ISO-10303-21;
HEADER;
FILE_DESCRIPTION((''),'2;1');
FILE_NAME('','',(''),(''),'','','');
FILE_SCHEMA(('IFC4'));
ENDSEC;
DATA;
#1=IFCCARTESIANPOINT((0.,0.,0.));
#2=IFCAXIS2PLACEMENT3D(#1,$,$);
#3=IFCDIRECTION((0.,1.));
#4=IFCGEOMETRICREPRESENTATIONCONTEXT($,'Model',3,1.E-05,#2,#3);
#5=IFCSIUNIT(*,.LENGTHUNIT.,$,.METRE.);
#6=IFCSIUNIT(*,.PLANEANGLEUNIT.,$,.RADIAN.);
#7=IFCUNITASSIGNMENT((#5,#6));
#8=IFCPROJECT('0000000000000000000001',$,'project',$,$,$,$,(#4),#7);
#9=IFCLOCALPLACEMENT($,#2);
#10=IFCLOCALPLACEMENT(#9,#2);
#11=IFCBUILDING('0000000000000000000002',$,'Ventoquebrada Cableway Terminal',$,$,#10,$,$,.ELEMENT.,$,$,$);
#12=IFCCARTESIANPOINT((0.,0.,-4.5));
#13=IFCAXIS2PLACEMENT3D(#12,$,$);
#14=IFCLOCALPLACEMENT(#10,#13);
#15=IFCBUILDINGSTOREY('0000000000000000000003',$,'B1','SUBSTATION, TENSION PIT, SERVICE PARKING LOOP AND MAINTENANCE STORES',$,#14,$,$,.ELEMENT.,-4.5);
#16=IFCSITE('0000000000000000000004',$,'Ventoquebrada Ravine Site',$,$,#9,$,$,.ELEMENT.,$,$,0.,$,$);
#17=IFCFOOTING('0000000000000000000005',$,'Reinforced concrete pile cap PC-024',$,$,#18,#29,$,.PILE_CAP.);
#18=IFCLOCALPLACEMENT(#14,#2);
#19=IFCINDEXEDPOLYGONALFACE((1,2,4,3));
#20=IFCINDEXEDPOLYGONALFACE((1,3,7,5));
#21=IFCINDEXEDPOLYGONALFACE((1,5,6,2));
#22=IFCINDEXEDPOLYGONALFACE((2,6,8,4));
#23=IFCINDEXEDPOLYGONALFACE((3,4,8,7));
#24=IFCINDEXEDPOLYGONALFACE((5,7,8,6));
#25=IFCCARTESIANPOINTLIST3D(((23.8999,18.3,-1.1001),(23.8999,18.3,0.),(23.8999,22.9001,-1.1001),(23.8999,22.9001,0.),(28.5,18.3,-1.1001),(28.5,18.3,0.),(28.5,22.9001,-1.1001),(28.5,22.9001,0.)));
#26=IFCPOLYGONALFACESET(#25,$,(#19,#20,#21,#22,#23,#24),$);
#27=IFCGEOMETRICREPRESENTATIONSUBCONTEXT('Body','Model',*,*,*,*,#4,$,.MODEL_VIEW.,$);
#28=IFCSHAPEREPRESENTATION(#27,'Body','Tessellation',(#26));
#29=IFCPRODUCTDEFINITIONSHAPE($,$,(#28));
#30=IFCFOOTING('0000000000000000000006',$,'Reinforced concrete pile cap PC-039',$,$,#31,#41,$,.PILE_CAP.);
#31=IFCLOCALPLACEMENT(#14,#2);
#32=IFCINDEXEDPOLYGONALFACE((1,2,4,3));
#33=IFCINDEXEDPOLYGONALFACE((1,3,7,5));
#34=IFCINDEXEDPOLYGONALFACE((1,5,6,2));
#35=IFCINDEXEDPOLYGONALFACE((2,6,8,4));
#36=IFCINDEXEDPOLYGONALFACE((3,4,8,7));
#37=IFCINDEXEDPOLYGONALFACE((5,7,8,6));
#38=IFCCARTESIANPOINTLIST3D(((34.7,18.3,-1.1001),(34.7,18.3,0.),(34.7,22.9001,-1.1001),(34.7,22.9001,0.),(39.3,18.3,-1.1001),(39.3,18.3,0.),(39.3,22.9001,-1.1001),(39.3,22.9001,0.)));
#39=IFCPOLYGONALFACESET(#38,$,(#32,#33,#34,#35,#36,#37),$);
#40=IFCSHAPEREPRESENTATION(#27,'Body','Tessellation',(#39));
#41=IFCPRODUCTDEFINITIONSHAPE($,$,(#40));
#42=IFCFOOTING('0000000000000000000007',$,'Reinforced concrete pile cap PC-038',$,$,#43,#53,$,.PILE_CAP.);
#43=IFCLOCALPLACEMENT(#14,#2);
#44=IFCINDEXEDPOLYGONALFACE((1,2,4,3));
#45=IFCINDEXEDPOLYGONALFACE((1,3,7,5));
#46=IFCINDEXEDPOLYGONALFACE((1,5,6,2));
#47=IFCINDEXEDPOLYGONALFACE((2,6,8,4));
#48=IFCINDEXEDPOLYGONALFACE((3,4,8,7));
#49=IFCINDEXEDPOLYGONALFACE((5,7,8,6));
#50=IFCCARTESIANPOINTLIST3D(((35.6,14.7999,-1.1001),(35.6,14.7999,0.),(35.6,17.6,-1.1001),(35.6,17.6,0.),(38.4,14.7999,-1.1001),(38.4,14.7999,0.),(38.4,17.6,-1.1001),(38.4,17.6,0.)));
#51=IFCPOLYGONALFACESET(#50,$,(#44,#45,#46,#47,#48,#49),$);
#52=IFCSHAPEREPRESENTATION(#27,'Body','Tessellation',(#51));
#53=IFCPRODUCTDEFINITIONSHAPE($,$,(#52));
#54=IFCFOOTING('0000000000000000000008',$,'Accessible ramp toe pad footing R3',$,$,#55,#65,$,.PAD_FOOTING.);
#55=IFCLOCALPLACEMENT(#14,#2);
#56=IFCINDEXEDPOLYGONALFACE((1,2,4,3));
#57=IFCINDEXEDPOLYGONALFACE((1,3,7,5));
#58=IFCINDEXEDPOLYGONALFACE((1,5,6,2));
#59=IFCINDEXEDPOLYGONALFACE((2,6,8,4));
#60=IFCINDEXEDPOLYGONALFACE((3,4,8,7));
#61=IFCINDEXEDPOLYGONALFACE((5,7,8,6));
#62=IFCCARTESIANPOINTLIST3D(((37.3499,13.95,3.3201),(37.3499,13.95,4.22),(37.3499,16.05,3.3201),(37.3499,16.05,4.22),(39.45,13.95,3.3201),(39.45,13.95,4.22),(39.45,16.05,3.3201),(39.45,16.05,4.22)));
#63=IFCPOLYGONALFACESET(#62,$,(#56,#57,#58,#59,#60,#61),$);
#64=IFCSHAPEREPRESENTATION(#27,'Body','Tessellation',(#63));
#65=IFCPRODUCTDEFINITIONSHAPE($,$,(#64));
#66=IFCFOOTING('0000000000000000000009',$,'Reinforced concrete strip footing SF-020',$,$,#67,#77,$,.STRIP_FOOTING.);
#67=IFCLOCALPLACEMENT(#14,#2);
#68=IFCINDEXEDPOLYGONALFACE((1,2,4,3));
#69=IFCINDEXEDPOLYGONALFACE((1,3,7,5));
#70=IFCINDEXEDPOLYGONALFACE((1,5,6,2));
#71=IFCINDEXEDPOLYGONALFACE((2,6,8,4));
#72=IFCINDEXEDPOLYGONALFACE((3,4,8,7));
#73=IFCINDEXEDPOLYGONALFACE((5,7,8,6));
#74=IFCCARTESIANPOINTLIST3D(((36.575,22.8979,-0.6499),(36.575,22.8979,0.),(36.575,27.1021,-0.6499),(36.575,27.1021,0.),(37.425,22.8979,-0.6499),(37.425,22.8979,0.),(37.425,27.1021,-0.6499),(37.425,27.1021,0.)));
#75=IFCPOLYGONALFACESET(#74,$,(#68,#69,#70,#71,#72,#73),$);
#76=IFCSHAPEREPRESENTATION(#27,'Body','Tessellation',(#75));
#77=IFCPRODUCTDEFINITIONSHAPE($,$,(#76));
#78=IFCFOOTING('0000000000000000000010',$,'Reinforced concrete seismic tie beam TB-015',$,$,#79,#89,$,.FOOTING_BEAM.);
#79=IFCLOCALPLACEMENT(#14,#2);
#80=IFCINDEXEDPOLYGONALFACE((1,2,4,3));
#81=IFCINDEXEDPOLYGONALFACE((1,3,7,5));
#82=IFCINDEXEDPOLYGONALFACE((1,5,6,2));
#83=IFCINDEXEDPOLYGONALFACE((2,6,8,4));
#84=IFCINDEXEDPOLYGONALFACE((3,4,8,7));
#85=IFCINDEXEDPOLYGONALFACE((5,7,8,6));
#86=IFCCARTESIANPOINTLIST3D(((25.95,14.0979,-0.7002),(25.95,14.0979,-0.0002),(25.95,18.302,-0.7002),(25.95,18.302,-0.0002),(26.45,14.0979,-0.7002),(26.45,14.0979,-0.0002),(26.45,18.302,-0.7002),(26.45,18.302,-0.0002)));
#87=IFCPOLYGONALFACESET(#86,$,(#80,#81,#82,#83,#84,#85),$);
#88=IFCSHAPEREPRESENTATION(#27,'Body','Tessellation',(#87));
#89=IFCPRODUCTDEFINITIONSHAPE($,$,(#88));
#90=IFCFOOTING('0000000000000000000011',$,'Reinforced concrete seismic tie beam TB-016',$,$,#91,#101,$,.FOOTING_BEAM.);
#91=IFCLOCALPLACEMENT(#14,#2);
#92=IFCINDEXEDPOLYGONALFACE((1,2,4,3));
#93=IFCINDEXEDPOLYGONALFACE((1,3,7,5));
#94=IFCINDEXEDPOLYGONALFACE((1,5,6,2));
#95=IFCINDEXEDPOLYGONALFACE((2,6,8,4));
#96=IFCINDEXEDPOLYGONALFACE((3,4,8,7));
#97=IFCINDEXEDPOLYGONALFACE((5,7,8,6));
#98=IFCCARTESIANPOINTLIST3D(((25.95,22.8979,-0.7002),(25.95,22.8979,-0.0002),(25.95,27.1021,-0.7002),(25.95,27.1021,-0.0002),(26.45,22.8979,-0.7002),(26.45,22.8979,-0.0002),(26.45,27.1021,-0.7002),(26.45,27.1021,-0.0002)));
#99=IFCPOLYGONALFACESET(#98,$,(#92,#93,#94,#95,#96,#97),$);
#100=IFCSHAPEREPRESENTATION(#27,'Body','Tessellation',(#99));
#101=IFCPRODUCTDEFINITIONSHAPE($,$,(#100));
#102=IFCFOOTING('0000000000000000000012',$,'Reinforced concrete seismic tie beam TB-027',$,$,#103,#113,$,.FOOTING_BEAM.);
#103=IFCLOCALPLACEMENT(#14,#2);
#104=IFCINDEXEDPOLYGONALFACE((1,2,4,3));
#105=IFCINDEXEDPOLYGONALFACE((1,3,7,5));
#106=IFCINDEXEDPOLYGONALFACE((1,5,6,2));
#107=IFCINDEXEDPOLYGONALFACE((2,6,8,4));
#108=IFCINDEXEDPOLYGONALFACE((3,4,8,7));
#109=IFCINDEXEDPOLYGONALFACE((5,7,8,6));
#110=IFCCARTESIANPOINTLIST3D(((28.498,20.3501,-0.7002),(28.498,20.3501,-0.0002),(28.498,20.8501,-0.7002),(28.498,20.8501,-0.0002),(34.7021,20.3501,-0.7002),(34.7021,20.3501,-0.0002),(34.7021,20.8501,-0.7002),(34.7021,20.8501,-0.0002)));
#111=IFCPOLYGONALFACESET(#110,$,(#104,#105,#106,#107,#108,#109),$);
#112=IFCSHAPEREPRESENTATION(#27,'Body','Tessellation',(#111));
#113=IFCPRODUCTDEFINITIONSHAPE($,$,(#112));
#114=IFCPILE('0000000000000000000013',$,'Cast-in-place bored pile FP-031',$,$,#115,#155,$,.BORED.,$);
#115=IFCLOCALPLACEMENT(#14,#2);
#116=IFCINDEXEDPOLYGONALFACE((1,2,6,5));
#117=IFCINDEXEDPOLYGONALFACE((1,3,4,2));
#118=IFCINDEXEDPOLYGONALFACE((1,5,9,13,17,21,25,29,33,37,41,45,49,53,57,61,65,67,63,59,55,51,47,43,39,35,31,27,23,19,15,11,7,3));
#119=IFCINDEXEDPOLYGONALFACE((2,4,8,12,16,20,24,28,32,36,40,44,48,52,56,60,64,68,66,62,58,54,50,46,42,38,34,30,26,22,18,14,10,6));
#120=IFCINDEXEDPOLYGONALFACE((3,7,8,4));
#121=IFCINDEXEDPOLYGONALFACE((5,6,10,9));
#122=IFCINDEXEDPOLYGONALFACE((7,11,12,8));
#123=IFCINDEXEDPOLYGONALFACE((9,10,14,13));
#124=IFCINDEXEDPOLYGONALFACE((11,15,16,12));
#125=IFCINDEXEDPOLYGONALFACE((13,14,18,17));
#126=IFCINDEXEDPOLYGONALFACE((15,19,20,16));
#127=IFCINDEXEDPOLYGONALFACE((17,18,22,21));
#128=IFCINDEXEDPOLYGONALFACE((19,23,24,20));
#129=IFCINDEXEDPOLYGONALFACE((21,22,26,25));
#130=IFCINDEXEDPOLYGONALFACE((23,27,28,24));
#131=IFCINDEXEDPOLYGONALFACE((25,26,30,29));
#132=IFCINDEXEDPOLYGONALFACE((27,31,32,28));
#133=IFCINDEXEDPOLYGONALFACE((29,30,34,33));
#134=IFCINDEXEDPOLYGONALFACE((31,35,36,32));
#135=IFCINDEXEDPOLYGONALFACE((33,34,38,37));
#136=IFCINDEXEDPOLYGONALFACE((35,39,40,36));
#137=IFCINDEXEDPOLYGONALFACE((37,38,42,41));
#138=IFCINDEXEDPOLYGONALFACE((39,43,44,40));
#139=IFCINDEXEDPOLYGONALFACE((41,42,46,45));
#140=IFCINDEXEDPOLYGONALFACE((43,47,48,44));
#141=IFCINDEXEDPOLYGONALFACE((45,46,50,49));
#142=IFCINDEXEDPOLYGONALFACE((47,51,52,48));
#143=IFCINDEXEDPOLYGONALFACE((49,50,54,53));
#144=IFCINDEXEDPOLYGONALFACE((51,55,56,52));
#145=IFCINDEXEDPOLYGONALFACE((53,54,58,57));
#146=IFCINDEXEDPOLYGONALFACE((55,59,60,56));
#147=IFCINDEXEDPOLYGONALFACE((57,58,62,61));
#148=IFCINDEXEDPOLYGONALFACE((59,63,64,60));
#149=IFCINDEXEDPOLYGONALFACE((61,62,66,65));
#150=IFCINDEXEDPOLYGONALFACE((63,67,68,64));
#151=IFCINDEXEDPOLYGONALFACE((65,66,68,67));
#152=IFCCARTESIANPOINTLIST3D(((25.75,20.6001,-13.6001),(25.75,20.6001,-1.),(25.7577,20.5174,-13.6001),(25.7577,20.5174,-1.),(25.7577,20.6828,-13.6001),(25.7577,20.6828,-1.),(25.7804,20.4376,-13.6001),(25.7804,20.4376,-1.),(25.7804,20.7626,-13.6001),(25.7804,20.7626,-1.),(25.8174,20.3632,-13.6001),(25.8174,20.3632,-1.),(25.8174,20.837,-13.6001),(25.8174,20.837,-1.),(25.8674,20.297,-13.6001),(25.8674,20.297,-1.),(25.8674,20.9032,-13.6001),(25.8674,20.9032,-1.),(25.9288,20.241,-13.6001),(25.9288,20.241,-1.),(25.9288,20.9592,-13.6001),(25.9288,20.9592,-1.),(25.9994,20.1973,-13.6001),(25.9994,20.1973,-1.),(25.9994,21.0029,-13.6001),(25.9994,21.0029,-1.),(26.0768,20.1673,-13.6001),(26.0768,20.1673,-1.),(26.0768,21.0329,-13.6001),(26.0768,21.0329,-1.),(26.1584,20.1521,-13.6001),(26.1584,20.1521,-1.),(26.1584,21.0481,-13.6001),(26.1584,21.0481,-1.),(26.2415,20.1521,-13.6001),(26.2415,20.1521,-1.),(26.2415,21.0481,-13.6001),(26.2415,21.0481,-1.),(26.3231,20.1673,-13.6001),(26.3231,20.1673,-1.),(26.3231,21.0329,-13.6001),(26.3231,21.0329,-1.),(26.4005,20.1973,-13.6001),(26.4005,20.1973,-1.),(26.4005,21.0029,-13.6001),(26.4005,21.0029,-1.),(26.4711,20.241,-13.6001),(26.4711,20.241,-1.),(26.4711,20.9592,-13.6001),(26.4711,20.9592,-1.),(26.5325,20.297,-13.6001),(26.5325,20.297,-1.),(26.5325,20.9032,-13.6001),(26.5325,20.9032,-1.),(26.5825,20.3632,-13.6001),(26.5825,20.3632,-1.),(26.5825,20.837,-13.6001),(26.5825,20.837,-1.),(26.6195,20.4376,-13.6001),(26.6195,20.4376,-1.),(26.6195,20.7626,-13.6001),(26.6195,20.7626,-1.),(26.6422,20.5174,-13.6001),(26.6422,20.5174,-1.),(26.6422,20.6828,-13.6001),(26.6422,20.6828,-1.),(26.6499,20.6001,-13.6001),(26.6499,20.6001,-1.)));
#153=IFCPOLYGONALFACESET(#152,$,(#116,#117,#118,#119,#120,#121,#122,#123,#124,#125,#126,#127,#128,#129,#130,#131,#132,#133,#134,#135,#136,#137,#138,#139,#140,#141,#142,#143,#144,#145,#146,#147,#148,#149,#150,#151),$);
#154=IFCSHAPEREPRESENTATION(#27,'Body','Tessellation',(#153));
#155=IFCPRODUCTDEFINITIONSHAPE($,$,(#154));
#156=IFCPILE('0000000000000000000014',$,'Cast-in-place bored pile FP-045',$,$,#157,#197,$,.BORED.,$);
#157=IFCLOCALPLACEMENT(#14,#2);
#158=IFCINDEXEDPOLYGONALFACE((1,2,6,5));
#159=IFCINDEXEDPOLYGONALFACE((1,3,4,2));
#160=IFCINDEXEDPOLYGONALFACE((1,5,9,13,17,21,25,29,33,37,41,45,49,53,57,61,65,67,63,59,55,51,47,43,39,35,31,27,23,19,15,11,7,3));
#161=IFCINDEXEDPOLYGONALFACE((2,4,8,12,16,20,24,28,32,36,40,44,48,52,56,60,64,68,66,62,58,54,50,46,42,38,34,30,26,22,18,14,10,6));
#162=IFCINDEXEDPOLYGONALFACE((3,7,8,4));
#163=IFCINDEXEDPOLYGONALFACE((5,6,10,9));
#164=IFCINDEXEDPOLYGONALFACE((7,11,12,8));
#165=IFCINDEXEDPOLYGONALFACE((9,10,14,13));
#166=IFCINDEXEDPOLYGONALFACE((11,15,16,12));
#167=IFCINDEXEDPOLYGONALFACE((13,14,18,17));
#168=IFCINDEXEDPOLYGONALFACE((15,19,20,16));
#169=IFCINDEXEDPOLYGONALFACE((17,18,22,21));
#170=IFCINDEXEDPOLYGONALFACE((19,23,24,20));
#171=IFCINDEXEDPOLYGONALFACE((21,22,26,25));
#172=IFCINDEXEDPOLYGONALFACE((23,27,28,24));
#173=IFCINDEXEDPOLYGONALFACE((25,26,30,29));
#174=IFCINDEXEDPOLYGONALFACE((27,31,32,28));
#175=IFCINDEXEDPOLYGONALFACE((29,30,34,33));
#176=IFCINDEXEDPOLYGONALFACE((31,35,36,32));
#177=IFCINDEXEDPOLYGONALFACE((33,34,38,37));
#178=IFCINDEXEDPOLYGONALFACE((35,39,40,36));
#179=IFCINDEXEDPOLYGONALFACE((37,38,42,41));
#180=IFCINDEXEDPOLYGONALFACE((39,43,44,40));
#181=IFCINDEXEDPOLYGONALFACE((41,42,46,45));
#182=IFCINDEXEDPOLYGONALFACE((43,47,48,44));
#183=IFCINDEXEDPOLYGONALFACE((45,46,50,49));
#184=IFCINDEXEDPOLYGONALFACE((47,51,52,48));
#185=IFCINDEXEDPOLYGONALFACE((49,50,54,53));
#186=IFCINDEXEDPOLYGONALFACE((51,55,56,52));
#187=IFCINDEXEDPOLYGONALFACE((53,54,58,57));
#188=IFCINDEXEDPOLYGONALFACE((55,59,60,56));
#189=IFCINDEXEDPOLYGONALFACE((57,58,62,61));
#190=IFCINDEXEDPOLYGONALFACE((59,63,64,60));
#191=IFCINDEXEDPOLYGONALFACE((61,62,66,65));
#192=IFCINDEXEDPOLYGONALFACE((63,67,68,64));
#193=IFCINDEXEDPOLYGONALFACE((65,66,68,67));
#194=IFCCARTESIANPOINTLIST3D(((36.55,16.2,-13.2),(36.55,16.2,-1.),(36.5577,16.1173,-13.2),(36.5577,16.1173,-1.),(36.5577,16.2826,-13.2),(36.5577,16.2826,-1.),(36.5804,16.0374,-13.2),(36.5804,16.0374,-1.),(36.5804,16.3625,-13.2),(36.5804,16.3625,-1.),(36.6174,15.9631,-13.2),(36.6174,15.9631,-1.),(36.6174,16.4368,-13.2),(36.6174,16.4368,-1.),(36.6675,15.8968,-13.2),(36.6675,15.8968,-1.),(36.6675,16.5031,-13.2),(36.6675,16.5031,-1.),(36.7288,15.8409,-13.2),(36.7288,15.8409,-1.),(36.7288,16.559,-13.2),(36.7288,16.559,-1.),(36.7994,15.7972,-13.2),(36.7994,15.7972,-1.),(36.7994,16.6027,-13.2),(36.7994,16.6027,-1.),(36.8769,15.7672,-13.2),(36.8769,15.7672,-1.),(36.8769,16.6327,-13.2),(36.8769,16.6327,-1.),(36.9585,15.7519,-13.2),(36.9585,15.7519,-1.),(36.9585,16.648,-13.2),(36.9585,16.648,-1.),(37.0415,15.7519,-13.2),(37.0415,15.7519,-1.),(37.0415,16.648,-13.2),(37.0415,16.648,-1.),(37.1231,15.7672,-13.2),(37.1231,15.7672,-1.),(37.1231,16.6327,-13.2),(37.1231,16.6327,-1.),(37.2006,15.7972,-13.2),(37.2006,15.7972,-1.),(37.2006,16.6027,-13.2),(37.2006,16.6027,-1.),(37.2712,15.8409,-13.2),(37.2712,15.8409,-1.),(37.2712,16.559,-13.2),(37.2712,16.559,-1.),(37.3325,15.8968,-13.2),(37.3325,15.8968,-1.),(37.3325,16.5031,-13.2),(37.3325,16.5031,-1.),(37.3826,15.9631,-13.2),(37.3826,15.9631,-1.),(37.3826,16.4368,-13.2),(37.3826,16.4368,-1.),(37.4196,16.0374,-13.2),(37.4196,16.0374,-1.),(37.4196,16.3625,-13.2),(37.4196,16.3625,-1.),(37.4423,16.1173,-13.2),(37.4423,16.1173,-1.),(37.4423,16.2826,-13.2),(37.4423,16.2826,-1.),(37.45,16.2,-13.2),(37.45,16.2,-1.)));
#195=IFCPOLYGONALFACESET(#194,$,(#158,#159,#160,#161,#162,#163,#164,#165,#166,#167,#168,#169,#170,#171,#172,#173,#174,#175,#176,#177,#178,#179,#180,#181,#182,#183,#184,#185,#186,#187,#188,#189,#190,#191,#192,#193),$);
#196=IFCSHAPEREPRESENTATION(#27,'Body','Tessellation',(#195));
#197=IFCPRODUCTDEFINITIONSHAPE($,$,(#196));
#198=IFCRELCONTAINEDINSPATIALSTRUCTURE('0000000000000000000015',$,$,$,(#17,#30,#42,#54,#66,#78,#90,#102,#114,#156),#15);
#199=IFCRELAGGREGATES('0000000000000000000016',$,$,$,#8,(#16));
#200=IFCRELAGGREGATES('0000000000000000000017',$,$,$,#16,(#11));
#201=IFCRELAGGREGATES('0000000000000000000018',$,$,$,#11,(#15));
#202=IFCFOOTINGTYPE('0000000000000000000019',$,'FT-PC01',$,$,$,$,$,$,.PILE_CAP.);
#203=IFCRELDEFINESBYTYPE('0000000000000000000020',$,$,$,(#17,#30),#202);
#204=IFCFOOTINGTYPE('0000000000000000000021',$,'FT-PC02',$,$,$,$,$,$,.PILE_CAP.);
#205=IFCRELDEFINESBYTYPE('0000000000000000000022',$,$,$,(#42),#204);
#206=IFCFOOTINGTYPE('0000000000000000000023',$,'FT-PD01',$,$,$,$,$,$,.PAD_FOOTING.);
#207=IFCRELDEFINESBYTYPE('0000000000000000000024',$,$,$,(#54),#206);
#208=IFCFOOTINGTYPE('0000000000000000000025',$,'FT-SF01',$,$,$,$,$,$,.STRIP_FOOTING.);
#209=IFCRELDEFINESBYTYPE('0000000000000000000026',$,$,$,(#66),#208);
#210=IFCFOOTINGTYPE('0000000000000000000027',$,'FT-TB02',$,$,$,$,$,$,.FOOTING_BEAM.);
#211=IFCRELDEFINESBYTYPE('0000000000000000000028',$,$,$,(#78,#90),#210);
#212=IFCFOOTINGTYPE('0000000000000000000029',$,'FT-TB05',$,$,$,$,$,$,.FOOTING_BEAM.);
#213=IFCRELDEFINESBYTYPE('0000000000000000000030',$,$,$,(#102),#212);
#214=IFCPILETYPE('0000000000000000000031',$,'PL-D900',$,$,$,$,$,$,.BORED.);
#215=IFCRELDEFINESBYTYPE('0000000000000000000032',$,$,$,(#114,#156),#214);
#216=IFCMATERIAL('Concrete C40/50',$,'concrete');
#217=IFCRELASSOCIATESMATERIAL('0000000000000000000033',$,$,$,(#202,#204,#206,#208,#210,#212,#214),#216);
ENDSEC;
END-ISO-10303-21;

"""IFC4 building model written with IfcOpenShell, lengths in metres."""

from ifc_helpers import new_model, si_unit, direction, frame, origin, origin_2d, place, context, subcontext, project, spatial, rectangle, circle, extrude, material, material_profile, profile_set, type_object, element, save


model = new_model("IFC4")

# Units and contexts
model_context = context("Model", 3, precision=1e-05, world=origin(), true_north=direction((0.0, 1.0)))
body_context = subcontext(model_context, "Body", "Model", "MODEL_VIEW")
ifc_project = project(units=[si_unit("LENGTHUNIT", "METRE"), si_unit("PLANEANGLEUNIT", "RADIAN")], contexts=[model_context])

# Site, building, storey
site_placement = place(None, origin())
site = spatial("IfcSite", under=ifc_project, at=site_placement, Name="Ventoquebrada Ravine Site", CompositionType="ELEMENT", RefElevation=0.0)
building_placement = place(site_placement, origin())
building = spatial("IfcBuilding", under=site, at=building_placement, Name="Ventoquebrada Cableway Terminal", CompositionType="ELEMENT")
storey_placement = place(building_placement, frame((0.0, 0.0, -4.5)))
storey = spatial("IfcBuildingStorey", under=building, at=storey_placement, Name="B1", Description="SUBSTATION, TENSION PIT, SERVICE PARKING LOOP AND MAINTENANCE STORES", CompositionType="ELEMENT", Elevation=-4.5)

# Footings
ifc_material_1 = material(Name="Concrete C40/50", Category="concrete")
footing_type_1 = type_object("IfcFootingType", Name="FT-PC01", PredefinedType="PILE_CAP", material=ifc_material_1)
for number, where, z_axis, x_axis, name in (
    (1, (26.2, 20.6001, -1.1001), (0.0, 0.0, 1.0), (1.0, 0.0, 0.0), "Reinforced concrete pile cap PC-024"),
    (2, (37.0, 20.6001, -1.1001), (0.0, 0.0, 1.0), (1.0, 0.0, 0.0), "Reinforced concrete pile cap PC-039"),
):
    element("IfcFooting", number, at=place(storey_placement, frame(where, z_axis=z_axis, x_axis=x_axis)), inside=storey, type_object=footing_type_1, Name=name, PredefinedType="PILE_CAP", context=body_context, shape_type="SweptSolid", body=[
        extrude(rectangle(XDim=4.6001, YDim=4.6001, at=origin_2d()), origin(), (0.0, 0.0, 1.0), 1.1001),
    ])
footing_type_2 = type_object("IfcFootingType", Name="FT-PC02", PredefinedType="PILE_CAP", material=ifc_material_1)
footing_1_placement = place(storey_placement, frame((37.0, 16.2, -1.1001), z_axis=(0.0, 0.0, 1.0), x_axis=(1.0, 0.0, 0.0)))
element("IfcFooting", 3, at=footing_1_placement, inside=storey, type_object=footing_type_2, Name="Reinforced concrete pile cap PC-038", PredefinedType="PILE_CAP", context=body_context, shape_type="SweptSolid", body=[
    extrude(rectangle(XDim=2.8, YDim=2.8, at=origin_2d()), origin(), (0.0, 0.0, 1.0), 1.1001),
])
footing_type_3 = type_object("IfcFootingType", Name="FT-PD01", PredefinedType="PAD_FOOTING", material=ifc_material_1)
footing_2_placement = place(storey_placement, frame((38.3999, 15.0, 3.3201), z_axis=(0.0, 0.0, 1.0), x_axis=(1.0, 0.0, 0.0)))
element("IfcFooting", 4, at=footing_2_placement, inside=storey, type_object=footing_type_3, Name="Accessible ramp toe pad footing R3", PredefinedType="PAD_FOOTING", context=body_context, shape_type="SweptSolid", body=[
    extrude(rectangle(XDim=2.1001, YDim=2.1001, at=origin_2d()), origin(), (0.0, 0.0, 1.0), 0.8999),
])
footing_type_4 = type_object("IfcFootingType", Name="FT-SF01", PredefinedType="STRIP_FOOTING", material=ifc_material_1)
footing_3_placement = place(storey_placement, frame((37.0, 25.0, -0.6499), z_axis=(0.0, 0.0, 1.0), x_axis=(0.0, 1.0, 0.0)))
element("IfcFooting", 5, at=footing_3_placement, inside=storey, type_object=footing_type_4, Name="Reinforced concrete strip footing SF-020", PredefinedType="STRIP_FOOTING", context=body_context, shape_type="SweptSolid", body=[
    extrude(rectangle(XDim=4.2041, YDim=0.8501, at=origin_2d()), origin(), (0.0, 0.0, 1.0), 0.6499),
])
footing_type_5 = type_object("IfcFootingType", Name="FT-TB02", PredefinedType="FOOTING_BEAM", material=ifc_material_1)
for number, where, z_axis, x_axis, name in (
    (6, (26.2, 16.2, -0.7002), (0.0, 0.0, 1.0), (0.0, 1.0, 0.0), "Reinforced concrete seismic tie beam TB-015"),
    (7, (26.2, 25.0, -0.7002), (0.0, 0.0, 1.0), (0.0, 1.0, 0.0), "Reinforced concrete seismic tie beam TB-016"),
):
    element("IfcFooting", number, at=place(storey_placement, frame(where, z_axis=z_axis, x_axis=x_axis)), inside=storey, type_object=footing_type_5, Name=name, PredefinedType="FOOTING_BEAM", context=body_context, shape_type="SweptSolid", body=[
        extrude(rectangle(XDim=4.2041, YDim=0.5, at=origin_2d()), origin(), (0.0, 0.0, 1.0), 0.7),
    ])
footing_type_6 = type_object("IfcFootingType", Name="FT-TB05", PredefinedType="FOOTING_BEAM", material=ifc_material_1)
footing_4_placement = place(storey_placement, frame((31.6001, 20.6001, -0.7002), z_axis=(0.0, 0.0, 1.0), x_axis=(1.0, 0.0, 0.0)))
element("IfcFooting", 8, at=footing_4_placement, inside=storey, type_object=footing_type_6, Name="Reinforced concrete seismic tie beam TB-027", PredefinedType="FOOTING_BEAM", context=body_context, shape_type="SweptSolid", body=[
    extrude(rectangle(XDim=6.2041, YDim=0.5, at=origin_2d()), origin(), (0.0, 0.0, 1.0), 0.7),
])

# Piles
ifc_material_profile_1 = material_profile(ifc_material_1, circle(Radius=0.45, at=origin_2d()), Name="PILE-D900")
ifc_profile_set_1 = profile_set([ifc_material_profile_1], Name="Concrete C40/50")
pile_type = type_object("IfcPileType", Name="PL-D900", PredefinedType="BORED", material=ifc_profile_set_1)
pile_1_placement = place(storey_placement, frame((26.2, 20.6001, -1.0), z_axis=(0.0, 0.0, -1.0), x_axis=(1.0, 0.0, 0.0)))
element("IfcPile", 9, at=pile_1_placement, inside=storey, type_object=pile_type, Name="Cast-in-place bored pile FP-031", PredefinedType="BORED", context=body_context, shape_type="SweptSolid", body=[
    extrude(circle(Radius=0.45, at=origin_2d()), origin(), (0.0, 0.0, 1.0), 12.6001),
])
pile_2_placement = place(storey_placement, frame((37.0, 16.2, -1.0), z_axis=(0.0, 0.0, -1.0), x_axis=(1.0, 0.0, 0.0)))
element("IfcPile", 10, at=pile_2_placement, inside=storey, type_object=pile_type, Name="Cast-in-place bored pile FP-045", PredefinedType="BORED", context=body_context, shape_type="SweptSolid", body=[
    extrude(circle(Radius=0.45, at=origin_2d()), origin(), (0.0, 0.0, 1.0), 12.2),
])

save(model, "model.ifc")
